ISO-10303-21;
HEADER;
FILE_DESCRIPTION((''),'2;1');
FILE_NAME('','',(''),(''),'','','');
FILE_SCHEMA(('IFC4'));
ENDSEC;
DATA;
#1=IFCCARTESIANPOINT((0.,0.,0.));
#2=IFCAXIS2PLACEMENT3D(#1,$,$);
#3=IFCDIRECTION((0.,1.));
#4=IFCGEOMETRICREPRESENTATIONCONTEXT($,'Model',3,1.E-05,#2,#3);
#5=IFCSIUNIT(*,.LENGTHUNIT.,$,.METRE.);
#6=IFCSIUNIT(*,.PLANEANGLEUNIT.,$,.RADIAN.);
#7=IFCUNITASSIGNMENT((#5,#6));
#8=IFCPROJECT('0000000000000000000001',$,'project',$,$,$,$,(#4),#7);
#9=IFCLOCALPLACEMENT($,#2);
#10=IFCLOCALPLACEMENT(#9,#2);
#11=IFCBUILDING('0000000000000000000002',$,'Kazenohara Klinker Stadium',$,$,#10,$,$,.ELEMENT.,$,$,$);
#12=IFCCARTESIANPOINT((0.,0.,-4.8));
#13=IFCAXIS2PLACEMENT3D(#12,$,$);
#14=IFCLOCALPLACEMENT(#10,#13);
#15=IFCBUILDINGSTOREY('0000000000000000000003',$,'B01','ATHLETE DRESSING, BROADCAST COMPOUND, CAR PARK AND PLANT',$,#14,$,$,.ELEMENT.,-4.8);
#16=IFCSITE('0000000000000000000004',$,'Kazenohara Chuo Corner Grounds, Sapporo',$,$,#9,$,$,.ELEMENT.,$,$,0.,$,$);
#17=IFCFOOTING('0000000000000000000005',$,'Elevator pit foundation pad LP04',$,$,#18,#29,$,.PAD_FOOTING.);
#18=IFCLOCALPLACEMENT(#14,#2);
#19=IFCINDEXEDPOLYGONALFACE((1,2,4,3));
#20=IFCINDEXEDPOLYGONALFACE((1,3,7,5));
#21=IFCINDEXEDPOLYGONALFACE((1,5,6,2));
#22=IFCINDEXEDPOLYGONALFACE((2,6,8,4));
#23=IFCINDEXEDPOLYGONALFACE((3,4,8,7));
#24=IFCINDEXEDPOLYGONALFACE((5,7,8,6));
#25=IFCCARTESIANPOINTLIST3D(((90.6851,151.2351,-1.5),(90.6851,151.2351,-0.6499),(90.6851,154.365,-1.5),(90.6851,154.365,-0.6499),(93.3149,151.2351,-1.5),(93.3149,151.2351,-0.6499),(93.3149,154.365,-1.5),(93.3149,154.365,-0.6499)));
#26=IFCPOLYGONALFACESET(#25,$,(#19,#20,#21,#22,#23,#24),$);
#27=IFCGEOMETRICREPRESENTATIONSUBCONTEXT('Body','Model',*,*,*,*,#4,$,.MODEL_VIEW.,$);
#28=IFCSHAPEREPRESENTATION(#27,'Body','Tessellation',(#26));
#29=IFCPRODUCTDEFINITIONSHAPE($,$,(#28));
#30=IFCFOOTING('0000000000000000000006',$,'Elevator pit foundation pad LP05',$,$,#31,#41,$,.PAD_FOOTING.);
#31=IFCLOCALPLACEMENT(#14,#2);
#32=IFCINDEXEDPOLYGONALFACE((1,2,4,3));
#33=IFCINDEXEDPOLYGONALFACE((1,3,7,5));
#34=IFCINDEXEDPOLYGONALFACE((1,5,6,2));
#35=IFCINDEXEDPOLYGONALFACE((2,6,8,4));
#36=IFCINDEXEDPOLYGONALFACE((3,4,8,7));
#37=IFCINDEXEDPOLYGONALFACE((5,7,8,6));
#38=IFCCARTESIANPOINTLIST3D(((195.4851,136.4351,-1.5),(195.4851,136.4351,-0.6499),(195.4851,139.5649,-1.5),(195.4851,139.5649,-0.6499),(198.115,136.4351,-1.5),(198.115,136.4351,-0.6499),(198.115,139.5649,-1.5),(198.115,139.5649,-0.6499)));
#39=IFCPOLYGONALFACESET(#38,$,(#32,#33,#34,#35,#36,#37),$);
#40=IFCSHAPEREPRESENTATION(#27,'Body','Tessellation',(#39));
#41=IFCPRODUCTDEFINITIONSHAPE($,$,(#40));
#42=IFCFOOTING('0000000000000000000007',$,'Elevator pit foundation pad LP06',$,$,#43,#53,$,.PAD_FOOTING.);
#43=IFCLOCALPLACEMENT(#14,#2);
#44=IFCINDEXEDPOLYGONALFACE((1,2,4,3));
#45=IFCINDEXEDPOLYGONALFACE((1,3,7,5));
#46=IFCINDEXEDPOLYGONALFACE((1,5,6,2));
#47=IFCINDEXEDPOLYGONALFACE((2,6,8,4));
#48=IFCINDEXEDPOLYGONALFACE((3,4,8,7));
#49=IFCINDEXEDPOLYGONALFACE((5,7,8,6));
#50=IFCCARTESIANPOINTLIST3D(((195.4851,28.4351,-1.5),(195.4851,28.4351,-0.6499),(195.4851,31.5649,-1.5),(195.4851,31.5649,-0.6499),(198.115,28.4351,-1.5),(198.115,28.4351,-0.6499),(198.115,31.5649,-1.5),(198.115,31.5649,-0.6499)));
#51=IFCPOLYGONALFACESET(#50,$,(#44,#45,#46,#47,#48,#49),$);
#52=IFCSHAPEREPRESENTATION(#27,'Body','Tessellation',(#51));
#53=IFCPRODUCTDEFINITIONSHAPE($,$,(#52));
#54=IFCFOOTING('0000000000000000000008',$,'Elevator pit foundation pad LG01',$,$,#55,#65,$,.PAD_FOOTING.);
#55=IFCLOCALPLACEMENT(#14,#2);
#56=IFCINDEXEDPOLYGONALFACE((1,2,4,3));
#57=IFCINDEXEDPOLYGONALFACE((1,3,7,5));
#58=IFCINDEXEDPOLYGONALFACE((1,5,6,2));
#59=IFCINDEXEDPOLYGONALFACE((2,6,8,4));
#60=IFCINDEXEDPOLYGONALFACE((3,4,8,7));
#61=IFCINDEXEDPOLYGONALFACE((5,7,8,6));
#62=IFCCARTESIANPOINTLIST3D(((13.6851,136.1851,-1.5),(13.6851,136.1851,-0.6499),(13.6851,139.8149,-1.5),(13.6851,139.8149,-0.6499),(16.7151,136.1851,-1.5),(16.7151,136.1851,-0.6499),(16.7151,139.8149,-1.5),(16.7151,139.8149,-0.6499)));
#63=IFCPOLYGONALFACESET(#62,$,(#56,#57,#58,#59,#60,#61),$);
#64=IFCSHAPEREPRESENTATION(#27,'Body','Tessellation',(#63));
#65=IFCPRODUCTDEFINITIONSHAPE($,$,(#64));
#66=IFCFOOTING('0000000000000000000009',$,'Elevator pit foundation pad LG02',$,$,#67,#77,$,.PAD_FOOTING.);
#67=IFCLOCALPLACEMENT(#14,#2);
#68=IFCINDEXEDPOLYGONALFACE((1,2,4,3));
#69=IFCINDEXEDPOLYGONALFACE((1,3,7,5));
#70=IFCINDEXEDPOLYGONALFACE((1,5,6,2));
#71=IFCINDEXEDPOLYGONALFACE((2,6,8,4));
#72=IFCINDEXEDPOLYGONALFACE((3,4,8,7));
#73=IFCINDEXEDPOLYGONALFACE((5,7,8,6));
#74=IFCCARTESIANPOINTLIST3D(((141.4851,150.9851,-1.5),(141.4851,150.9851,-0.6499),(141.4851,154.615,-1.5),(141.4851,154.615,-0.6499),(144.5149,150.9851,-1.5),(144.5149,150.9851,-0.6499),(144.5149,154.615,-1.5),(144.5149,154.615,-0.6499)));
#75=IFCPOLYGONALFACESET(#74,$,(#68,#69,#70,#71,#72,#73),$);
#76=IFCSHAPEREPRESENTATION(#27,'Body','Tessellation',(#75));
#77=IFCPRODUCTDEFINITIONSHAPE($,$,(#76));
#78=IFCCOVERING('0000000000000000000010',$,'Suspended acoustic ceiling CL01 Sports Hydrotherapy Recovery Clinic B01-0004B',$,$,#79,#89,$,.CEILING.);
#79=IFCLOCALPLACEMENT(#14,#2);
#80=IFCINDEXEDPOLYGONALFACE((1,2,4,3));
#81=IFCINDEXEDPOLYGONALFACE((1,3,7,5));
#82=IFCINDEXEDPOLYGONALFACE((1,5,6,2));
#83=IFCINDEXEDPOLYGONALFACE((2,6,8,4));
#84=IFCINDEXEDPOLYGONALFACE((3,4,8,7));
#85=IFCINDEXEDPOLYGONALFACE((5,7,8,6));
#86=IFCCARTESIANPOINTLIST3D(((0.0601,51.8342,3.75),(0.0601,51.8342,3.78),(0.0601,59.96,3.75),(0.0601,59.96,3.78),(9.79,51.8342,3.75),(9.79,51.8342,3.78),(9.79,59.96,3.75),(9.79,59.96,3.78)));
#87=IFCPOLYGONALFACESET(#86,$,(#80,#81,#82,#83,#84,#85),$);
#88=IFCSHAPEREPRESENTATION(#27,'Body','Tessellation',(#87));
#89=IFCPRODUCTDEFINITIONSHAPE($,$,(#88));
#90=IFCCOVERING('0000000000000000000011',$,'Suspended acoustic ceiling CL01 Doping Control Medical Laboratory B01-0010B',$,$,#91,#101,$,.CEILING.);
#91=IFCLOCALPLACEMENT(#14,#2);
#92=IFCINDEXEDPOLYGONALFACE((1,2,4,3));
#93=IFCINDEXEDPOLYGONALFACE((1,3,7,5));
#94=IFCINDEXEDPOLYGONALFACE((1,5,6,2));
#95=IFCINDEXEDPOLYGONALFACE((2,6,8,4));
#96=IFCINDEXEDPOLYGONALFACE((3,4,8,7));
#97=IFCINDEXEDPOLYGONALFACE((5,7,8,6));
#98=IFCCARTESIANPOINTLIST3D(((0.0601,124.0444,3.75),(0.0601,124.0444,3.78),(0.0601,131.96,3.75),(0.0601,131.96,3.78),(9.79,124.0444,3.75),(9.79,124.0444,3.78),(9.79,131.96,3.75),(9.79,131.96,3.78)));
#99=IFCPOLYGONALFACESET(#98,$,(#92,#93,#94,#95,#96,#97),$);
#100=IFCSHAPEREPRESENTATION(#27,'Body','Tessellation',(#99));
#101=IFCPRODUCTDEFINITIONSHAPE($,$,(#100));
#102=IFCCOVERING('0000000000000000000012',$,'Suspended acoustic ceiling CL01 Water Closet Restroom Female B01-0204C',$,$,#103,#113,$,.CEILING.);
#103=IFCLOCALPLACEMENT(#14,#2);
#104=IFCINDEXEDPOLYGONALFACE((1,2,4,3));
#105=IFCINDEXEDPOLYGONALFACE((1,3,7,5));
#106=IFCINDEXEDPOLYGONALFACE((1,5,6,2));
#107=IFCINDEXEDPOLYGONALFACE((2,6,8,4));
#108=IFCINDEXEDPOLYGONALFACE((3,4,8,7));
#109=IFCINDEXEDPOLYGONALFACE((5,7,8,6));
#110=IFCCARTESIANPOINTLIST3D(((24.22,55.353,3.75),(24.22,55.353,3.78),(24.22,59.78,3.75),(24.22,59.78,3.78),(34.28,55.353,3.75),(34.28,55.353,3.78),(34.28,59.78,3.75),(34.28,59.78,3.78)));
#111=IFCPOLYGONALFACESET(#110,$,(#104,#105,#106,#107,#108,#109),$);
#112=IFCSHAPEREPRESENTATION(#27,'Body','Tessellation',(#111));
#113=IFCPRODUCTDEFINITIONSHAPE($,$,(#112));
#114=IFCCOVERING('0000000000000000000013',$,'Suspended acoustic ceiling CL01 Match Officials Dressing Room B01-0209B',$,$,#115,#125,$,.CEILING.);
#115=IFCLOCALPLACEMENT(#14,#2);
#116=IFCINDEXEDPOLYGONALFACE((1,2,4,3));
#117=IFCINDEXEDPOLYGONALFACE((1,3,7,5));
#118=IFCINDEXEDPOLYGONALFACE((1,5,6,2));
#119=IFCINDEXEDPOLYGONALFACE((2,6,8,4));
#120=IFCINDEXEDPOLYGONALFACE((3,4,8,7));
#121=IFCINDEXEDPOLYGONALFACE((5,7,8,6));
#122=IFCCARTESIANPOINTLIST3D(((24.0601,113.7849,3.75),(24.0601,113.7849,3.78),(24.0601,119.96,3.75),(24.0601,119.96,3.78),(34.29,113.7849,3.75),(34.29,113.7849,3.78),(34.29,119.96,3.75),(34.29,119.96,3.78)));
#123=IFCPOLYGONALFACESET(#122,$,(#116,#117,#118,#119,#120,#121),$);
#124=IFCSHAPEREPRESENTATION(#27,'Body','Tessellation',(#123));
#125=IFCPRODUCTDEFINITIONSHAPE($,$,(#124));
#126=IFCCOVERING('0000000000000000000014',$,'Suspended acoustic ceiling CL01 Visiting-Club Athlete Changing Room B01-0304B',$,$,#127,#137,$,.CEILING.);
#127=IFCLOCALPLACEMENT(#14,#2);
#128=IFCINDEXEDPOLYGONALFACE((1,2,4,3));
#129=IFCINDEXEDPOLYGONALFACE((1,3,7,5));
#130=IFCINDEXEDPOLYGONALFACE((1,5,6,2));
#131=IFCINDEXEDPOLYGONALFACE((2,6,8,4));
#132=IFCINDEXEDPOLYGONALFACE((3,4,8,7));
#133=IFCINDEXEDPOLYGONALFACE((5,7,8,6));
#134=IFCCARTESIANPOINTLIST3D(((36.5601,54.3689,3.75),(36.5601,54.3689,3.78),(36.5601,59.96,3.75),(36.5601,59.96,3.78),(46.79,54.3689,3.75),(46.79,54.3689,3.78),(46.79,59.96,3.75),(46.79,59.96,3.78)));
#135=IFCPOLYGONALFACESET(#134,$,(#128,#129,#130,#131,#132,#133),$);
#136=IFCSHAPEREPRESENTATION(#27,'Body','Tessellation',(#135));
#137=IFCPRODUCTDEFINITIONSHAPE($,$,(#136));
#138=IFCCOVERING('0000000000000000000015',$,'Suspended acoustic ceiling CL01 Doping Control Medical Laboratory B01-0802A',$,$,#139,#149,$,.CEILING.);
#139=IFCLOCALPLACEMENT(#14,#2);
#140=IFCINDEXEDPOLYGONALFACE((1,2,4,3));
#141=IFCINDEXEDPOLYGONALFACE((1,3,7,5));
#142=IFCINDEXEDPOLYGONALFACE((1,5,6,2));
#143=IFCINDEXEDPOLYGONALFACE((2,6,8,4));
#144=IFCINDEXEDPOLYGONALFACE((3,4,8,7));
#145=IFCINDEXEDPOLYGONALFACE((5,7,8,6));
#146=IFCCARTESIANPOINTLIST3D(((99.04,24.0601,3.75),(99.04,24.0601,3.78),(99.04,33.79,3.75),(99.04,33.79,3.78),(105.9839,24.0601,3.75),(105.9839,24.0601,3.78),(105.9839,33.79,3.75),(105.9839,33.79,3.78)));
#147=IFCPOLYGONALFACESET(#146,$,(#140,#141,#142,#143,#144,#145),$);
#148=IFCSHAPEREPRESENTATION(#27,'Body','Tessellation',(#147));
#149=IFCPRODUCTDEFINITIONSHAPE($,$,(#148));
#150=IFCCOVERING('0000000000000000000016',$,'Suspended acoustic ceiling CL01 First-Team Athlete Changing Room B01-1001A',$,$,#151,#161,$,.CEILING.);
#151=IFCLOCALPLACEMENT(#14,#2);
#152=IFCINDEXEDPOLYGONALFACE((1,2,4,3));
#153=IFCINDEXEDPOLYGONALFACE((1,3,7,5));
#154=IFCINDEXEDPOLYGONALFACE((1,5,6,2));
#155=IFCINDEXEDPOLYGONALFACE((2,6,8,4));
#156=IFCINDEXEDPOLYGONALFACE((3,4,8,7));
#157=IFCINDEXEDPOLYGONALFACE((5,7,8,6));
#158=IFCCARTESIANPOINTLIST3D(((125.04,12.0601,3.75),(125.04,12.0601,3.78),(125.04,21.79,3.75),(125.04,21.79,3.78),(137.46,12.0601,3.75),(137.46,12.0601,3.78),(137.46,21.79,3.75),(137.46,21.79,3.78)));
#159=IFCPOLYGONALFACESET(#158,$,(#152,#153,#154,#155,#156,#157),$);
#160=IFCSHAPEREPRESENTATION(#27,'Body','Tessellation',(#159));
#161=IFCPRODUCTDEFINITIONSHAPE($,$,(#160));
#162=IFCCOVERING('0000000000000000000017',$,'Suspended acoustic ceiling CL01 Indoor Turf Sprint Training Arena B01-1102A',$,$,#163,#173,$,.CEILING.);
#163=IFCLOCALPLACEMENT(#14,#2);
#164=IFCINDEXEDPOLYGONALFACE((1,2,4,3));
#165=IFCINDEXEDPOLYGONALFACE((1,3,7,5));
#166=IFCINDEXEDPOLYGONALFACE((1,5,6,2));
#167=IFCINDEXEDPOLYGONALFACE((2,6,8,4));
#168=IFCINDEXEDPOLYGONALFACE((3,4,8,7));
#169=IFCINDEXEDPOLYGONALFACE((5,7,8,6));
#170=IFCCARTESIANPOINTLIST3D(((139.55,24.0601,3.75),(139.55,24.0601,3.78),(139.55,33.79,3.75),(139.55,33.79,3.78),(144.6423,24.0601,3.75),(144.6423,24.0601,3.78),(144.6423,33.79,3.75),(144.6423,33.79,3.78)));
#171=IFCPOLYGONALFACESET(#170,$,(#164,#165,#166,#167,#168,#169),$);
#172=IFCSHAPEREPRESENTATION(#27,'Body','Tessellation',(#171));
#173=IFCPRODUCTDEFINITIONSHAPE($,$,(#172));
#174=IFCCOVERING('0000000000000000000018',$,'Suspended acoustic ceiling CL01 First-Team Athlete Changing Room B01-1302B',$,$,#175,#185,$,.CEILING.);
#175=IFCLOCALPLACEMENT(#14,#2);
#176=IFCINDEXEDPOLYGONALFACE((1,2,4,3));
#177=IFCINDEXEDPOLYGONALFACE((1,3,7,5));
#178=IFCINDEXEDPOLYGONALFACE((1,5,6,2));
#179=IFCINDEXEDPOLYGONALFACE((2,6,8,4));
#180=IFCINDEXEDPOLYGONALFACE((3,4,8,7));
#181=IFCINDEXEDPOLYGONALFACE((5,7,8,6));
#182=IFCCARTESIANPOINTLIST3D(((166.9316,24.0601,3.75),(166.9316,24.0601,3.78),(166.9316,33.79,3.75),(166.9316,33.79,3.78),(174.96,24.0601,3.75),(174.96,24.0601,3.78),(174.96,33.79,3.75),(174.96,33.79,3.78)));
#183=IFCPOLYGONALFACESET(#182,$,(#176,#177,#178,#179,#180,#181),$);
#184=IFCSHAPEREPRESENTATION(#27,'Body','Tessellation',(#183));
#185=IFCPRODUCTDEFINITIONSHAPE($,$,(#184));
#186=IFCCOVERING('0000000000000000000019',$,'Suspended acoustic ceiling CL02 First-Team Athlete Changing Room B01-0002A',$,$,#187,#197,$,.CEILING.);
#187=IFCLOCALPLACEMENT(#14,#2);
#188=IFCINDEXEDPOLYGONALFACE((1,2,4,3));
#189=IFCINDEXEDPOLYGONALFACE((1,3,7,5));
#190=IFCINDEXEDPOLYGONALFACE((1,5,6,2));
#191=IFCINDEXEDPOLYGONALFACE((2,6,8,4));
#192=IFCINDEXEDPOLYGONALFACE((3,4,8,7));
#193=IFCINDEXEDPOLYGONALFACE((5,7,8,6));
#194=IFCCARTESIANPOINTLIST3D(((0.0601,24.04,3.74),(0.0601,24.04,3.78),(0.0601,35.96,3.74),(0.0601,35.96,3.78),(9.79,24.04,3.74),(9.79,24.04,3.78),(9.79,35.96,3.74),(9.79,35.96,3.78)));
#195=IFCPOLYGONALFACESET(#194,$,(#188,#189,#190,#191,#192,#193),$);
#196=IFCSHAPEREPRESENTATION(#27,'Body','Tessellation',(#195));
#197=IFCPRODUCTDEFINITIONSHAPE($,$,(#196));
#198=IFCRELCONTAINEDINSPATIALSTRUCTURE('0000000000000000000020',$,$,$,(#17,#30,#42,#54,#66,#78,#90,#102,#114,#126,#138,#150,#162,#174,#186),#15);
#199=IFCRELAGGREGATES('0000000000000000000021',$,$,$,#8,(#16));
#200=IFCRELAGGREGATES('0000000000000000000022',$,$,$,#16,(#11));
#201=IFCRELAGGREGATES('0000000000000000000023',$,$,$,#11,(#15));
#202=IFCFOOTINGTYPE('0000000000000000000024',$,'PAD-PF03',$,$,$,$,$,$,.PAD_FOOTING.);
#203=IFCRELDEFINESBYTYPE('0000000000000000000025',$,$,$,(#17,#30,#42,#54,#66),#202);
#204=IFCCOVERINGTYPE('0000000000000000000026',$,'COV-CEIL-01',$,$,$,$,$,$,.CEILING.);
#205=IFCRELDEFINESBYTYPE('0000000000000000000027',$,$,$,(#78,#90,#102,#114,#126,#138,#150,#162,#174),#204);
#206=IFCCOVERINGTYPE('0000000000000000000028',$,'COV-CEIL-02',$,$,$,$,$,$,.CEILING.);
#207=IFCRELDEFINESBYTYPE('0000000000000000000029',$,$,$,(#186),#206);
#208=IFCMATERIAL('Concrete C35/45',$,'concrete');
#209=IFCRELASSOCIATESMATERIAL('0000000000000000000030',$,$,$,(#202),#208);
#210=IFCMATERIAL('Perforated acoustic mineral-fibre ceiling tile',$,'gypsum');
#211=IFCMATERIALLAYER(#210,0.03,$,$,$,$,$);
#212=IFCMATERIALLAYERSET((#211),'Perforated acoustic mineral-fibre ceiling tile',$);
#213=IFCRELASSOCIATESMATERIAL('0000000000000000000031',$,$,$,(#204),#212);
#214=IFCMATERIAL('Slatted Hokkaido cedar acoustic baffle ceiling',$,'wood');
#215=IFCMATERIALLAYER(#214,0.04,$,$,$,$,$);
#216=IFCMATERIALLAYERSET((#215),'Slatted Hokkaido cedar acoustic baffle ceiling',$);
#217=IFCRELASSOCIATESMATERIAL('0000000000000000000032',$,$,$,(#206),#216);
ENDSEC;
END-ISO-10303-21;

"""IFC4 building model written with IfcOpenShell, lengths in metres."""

from ifc_helpers import new_model, si_unit, direction, frame, origin, place, context, subcontext, project, spatial, polyline, outline, extrude, material, layer, layer_set, type_object, element, save


model = new_model("IFC4")

# Units and contexts
model_context = context("Model", 3, precision=1e-05, world=origin(), true_north=direction((0.0, 1.0)))
body_context = subcontext(model_context, "Body", "Model", "MODEL_VIEW")
ifc_project = project(units=[si_unit("LENGTHUNIT", "METRE"), si_unit("PLANEANGLEUNIT", "RADIAN")], contexts=[model_context])

# Site, building, storey
site_placement = place(None, origin())
site = spatial("IfcSite", under=ifc_project, at=site_placement, Name="Kazenohara Chuo Corner Grounds, Sapporo", CompositionType="ELEMENT", RefElevation=0.0)
building_placement = place(site_placement, origin())
building = spatial("IfcBuilding", under=site, at=building_placement, Name="Kazenohara Klinker Stadium", CompositionType="ELEMENT")
storey_placement = place(building_placement, frame((0.0, 0.0, -4.8)))
storey = spatial("IfcBuildingStorey", under=building, at=storey_placement, Name="B01", Description="ATHLETE DRESSING, BROADCAST COMPOUND, CAR PARK AND PLANT", CompositionType="ELEMENT", Elevation=-4.8)

# Footings
ifc_material_1 = material(Name="Concrete C35/45", Category="concrete")
footing_type = type_object("IfcFootingType", Name="PAD-PF03", PredefinedType="PAD_FOOTING", material=ifc_material_1)
footing_1_placement = place(storey_placement, frame((0.0, 0.0, -1.5)))
element("IfcFooting", 1, at=footing_1_placement, inside=storey, type_object=footing_type, Name="Elevator pit foundation pad LP04", PredefinedType="PAD_FOOTING", context=body_context, shape_type="SweptSolid", body=[
    extrude(outline(polyline([(90.6851, 151.2351), (93.3149, 151.2351), (93.3149, 154.365), (90.6851, 154.365), (90.6851, 151.2351)])), origin(), (0.0, 0.0, 1.0), 0.8501),
])
footing_2_placement = place(storey_placement, frame((0.0, 0.0, -1.5)))
element("IfcFooting", 2, at=footing_2_placement, inside=storey, type_object=footing_type, Name="Elevator pit foundation pad LP05", PredefinedType="PAD_FOOTING", context=body_context, shape_type="SweptSolid", body=[
    extrude(outline(polyline([(195.4851, 136.4351), (198.115, 136.4351), (198.115, 139.5649), (195.4851, 139.5649), (195.4851, 136.4351)])), origin(), (0.0, 0.0, 1.0), 0.8501),
])
footing_3_placement = place(storey_placement, frame((0.0, 0.0, -1.5)))
element("IfcFooting", 3, at=footing_3_placement, inside=storey, type_object=footing_type, Name="Elevator pit foundation pad LP06", PredefinedType="PAD_FOOTING", context=body_context, shape_type="SweptSolid", body=[
    extrude(outline(polyline([(195.4851, 28.4351), (198.115, 28.4351), (198.115, 31.5649), (195.4851, 31.5649), (195.4851, 28.4351)])), origin(), (0.0, 0.0, 1.0), 0.8501),
])
footing_4_placement = place(storey_placement, frame((0.0, 0.0, -1.5)))
element("IfcFooting", 4, at=footing_4_placement, inside=storey, type_object=footing_type, Name="Elevator pit foundation pad LG01", PredefinedType="PAD_FOOTING", context=body_context, shape_type="SweptSolid", body=[
    extrude(outline(polyline([(13.6851, 136.1851), (16.7151, 136.1851), (16.7151, 139.8149), (13.6851, 139.8149), (13.6851, 136.1851)])), origin(), (0.0, 0.0, 1.0), 0.8501),
])
footing_5_placement = place(storey_placement, frame((0.0, 0.0, -1.5)))
element("IfcFooting", 5, at=footing_5_placement, inside=storey, type_object=footing_type, Name="Elevator pit foundation pad LG02", PredefinedType="PAD_FOOTING", context=body_context, shape_type="SweptSolid", body=[
    extrude(outline(polyline([(141.4851, 150.9851), (144.5149, 150.9851), (144.5149, 154.615), (141.4851, 154.615), (141.4851, 150.9851)])), origin(), (0.0, 0.0, 1.0), 0.8501),
])

# Coverings
ifc_material_2 = material(Name="Perforated acoustic mineral-fibre ceiling tile", Category="gypsum")
ifc_layer_1 = layer(ifc_material_2, 0.03)
ifc_layer_set_1 = layer_set([ifc_layer_1], Name="Perforated acoustic mineral-fibre ceiling tile")
covering_type_1 = type_object("IfcCoveringType", Name="COV-CEIL-01", PredefinedType="CEILING", material=ifc_layer_set_1)
covering_1_placement = place(storey_placement, frame((0.0, 0.0, 3.75)))
element("IfcCovering", 6, at=covering_1_placement, inside=storey, type_object=covering_type_1, Name="Suspended acoustic ceiling CL01 Sports Hydrotherapy Recovery Clinic B01-0004B", PredefinedType="CEILING", context=body_context, shape_type="SweptSolid", body=[
    extrude(outline(polyline([(0.0601, 51.8342), (9.79, 51.8342), (9.79, 59.96), (0.0601, 59.96), (0.0601, 51.8342)])), origin(), (0.0, 0.0, 1.0), 0.03),
])
covering_2_placement = place(storey_placement, frame((0.0, 0.0, 3.75)))
element("IfcCovering", 7, at=covering_2_placement, inside=storey, type_object=covering_type_1, Name="Suspended acoustic ceiling CL01 Doping Control Medical Laboratory B01-0010B", PredefinedType="CEILING", context=body_context, shape_type="SweptSolid", body=[
    extrude(outline(polyline([(0.0601, 124.0444), (9.79, 124.0444), (9.79, 131.96), (0.0601, 131.96), (0.0601, 124.0444)])), origin(), (0.0, 0.0, 1.0), 0.03),
])
covering_3_placement = place(storey_placement, frame((0.0, 0.0, 3.75)))
element("IfcCovering", 8, at=covering_3_placement, inside=storey, type_object=covering_type_1, Name="Suspended acoustic ceiling CL01 Water Closet Restroom Female B01-0204C", PredefinedType="CEILING", context=body_context, shape_type="SweptSolid", body=[
    extrude(outline(polyline([(24.22, 55.353), (34.28, 55.353), (34.28, 59.78), (24.22, 59.78), (24.22, 55.353)])), origin(), (0.0, 0.0, 1.0), 0.03),
])
covering_4_placement = place(storey_placement, frame((0.0, 0.0, 3.75)))
element("IfcCovering", 9, at=covering_4_placement, inside=storey, type_object=covering_type_1, Name="Suspended acoustic ceiling CL01 Match Officials Dressing Room B01-0209B", PredefinedType="CEILING", context=body_context, shape_type="SweptSolid", body=[
    extrude(outline(polyline([(24.0601, 113.7849), (34.29, 113.7849), (34.29, 119.96), (24.0601, 119.96), (24.0601, 113.7849)])), origin(), (0.0, 0.0, 1.0), 0.03),
])
covering_5_placement = place(storey_placement, frame((0.0, 0.0, 3.75)))
element("IfcCovering", 10, at=covering_5_placement, inside=storey, type_object=covering_type_1, Name="Suspended acoustic ceiling CL01 Visiting-Club Athlete Changing Room B01-0304B", PredefinedType="CEILING", context=body_context, shape_type="SweptSolid", body=[
    extrude(outline(polyline([(36.5601, 54.3689), (46.79, 54.3689), (46.79, 59.96), (36.5601, 59.96), (36.5601, 54.3689)])), origin(), (0.0, 0.0, 1.0), 0.03),
])
covering_6_placement = place(storey_placement, frame((0.0, 0.0, 3.75)))
element("IfcCovering", 11, at=covering_6_placement, inside=storey, type_object=covering_type_1, Name="Suspended acoustic ceiling CL01 Doping Control Medical Laboratory B01-0802A", PredefinedType="CEILING", context=body_context, shape_type="SweptSolid", body=[
    extrude(outline(polyline([(99.04, 24.0601), (105.9839, 24.0601), (105.9839, 33.79), (99.04, 33.79), (99.04, 24.0601)])), origin(), (0.0, 0.0, 1.0), 0.03),
])
covering_7_placement = place(storey_placement, frame((0.0, 0.0, 3.75)))
element("IfcCovering", 12, at=covering_7_placement, inside=storey, type_object=covering_type_1, Name="Suspended acoustic ceiling CL01 First-Team Athlete Changing Room B01-1001A", PredefinedType="CEILING", context=body_context, shape_type="SweptSolid", body=[
    extrude(outline(polyline([(125.04, 12.0601), (137.46, 12.0601), (137.46, 21.79), (125.04, 21.79), (125.04, 12.0601)])), origin(), (0.0, 0.0, 1.0), 0.03),
])
covering_8_placement = place(storey_placement, frame((0.0, 0.0, 3.75)))
element("IfcCovering", 13, at=covering_8_placement, inside=storey, type_object=covering_type_1, Name="Suspended acoustic ceiling CL01 Indoor Turf Sprint Training Arena B01-1102A", PredefinedType="CEILING", context=body_context, shape_type="SweptSolid", body=[
    extrude(outline(polyline([(139.55, 24.0601), (144.6423, 24.0601), (144.6423, 33.79), (139.55, 33.79), (139.55, 24.0601)])), origin(), (0.0, 0.0, 1.0), 0.03),
])
covering_9_placement = place(storey_placement, frame((0.0, 0.0, 3.75)))
element("IfcCovering", 14, at=covering_9_placement, inside=storey, type_object=covering_type_1, Name="Suspended acoustic ceiling CL01 First-Team Athlete Changing Room B01-1302B", PredefinedType="CEILING", context=body_context, shape_type="SweptSolid", body=[
    extrude(outline(polyline([(166.9316, 24.0601), (174.96, 24.0601), (174.96, 33.79), (166.9316, 33.79), (166.9316, 24.0601)])), origin(), (0.0, 0.0, 1.0), 0.03),
])
ifc_material_3 = material(Name="Slatted Hokkaido cedar acoustic baffle ceiling", Category="wood")
ifc_layer_2 = layer(ifc_material_3, 0.04)
ifc_layer_set_2 = layer_set([ifc_layer_2], Name="Slatted Hokkaido cedar acoustic baffle ceiling")
covering_type_2 = type_object("IfcCoveringType", Name="COV-CEIL-02", PredefinedType="CEILING", material=ifc_layer_set_2)
covering_10_placement = place(storey_placement, frame((0.0, 0.0, 3.74)))
element("IfcCovering", 15, at=covering_10_placement, inside=storey, type_object=covering_type_2, Name="Suspended acoustic ceiling CL02 First-Team Athlete Changing Room B01-0002A", PredefinedType="CEILING", context=body_context, shape_type="SweptSolid", body=[
    extrude(outline(polyline([(0.0601, 24.04), (9.79, 24.04), (9.79, 35.96), (0.0601, 35.96), (0.0601, 24.04)])), origin(), (0.0, 0.0, 1.0), 0.04),
])

save(model, "model.ifc")
